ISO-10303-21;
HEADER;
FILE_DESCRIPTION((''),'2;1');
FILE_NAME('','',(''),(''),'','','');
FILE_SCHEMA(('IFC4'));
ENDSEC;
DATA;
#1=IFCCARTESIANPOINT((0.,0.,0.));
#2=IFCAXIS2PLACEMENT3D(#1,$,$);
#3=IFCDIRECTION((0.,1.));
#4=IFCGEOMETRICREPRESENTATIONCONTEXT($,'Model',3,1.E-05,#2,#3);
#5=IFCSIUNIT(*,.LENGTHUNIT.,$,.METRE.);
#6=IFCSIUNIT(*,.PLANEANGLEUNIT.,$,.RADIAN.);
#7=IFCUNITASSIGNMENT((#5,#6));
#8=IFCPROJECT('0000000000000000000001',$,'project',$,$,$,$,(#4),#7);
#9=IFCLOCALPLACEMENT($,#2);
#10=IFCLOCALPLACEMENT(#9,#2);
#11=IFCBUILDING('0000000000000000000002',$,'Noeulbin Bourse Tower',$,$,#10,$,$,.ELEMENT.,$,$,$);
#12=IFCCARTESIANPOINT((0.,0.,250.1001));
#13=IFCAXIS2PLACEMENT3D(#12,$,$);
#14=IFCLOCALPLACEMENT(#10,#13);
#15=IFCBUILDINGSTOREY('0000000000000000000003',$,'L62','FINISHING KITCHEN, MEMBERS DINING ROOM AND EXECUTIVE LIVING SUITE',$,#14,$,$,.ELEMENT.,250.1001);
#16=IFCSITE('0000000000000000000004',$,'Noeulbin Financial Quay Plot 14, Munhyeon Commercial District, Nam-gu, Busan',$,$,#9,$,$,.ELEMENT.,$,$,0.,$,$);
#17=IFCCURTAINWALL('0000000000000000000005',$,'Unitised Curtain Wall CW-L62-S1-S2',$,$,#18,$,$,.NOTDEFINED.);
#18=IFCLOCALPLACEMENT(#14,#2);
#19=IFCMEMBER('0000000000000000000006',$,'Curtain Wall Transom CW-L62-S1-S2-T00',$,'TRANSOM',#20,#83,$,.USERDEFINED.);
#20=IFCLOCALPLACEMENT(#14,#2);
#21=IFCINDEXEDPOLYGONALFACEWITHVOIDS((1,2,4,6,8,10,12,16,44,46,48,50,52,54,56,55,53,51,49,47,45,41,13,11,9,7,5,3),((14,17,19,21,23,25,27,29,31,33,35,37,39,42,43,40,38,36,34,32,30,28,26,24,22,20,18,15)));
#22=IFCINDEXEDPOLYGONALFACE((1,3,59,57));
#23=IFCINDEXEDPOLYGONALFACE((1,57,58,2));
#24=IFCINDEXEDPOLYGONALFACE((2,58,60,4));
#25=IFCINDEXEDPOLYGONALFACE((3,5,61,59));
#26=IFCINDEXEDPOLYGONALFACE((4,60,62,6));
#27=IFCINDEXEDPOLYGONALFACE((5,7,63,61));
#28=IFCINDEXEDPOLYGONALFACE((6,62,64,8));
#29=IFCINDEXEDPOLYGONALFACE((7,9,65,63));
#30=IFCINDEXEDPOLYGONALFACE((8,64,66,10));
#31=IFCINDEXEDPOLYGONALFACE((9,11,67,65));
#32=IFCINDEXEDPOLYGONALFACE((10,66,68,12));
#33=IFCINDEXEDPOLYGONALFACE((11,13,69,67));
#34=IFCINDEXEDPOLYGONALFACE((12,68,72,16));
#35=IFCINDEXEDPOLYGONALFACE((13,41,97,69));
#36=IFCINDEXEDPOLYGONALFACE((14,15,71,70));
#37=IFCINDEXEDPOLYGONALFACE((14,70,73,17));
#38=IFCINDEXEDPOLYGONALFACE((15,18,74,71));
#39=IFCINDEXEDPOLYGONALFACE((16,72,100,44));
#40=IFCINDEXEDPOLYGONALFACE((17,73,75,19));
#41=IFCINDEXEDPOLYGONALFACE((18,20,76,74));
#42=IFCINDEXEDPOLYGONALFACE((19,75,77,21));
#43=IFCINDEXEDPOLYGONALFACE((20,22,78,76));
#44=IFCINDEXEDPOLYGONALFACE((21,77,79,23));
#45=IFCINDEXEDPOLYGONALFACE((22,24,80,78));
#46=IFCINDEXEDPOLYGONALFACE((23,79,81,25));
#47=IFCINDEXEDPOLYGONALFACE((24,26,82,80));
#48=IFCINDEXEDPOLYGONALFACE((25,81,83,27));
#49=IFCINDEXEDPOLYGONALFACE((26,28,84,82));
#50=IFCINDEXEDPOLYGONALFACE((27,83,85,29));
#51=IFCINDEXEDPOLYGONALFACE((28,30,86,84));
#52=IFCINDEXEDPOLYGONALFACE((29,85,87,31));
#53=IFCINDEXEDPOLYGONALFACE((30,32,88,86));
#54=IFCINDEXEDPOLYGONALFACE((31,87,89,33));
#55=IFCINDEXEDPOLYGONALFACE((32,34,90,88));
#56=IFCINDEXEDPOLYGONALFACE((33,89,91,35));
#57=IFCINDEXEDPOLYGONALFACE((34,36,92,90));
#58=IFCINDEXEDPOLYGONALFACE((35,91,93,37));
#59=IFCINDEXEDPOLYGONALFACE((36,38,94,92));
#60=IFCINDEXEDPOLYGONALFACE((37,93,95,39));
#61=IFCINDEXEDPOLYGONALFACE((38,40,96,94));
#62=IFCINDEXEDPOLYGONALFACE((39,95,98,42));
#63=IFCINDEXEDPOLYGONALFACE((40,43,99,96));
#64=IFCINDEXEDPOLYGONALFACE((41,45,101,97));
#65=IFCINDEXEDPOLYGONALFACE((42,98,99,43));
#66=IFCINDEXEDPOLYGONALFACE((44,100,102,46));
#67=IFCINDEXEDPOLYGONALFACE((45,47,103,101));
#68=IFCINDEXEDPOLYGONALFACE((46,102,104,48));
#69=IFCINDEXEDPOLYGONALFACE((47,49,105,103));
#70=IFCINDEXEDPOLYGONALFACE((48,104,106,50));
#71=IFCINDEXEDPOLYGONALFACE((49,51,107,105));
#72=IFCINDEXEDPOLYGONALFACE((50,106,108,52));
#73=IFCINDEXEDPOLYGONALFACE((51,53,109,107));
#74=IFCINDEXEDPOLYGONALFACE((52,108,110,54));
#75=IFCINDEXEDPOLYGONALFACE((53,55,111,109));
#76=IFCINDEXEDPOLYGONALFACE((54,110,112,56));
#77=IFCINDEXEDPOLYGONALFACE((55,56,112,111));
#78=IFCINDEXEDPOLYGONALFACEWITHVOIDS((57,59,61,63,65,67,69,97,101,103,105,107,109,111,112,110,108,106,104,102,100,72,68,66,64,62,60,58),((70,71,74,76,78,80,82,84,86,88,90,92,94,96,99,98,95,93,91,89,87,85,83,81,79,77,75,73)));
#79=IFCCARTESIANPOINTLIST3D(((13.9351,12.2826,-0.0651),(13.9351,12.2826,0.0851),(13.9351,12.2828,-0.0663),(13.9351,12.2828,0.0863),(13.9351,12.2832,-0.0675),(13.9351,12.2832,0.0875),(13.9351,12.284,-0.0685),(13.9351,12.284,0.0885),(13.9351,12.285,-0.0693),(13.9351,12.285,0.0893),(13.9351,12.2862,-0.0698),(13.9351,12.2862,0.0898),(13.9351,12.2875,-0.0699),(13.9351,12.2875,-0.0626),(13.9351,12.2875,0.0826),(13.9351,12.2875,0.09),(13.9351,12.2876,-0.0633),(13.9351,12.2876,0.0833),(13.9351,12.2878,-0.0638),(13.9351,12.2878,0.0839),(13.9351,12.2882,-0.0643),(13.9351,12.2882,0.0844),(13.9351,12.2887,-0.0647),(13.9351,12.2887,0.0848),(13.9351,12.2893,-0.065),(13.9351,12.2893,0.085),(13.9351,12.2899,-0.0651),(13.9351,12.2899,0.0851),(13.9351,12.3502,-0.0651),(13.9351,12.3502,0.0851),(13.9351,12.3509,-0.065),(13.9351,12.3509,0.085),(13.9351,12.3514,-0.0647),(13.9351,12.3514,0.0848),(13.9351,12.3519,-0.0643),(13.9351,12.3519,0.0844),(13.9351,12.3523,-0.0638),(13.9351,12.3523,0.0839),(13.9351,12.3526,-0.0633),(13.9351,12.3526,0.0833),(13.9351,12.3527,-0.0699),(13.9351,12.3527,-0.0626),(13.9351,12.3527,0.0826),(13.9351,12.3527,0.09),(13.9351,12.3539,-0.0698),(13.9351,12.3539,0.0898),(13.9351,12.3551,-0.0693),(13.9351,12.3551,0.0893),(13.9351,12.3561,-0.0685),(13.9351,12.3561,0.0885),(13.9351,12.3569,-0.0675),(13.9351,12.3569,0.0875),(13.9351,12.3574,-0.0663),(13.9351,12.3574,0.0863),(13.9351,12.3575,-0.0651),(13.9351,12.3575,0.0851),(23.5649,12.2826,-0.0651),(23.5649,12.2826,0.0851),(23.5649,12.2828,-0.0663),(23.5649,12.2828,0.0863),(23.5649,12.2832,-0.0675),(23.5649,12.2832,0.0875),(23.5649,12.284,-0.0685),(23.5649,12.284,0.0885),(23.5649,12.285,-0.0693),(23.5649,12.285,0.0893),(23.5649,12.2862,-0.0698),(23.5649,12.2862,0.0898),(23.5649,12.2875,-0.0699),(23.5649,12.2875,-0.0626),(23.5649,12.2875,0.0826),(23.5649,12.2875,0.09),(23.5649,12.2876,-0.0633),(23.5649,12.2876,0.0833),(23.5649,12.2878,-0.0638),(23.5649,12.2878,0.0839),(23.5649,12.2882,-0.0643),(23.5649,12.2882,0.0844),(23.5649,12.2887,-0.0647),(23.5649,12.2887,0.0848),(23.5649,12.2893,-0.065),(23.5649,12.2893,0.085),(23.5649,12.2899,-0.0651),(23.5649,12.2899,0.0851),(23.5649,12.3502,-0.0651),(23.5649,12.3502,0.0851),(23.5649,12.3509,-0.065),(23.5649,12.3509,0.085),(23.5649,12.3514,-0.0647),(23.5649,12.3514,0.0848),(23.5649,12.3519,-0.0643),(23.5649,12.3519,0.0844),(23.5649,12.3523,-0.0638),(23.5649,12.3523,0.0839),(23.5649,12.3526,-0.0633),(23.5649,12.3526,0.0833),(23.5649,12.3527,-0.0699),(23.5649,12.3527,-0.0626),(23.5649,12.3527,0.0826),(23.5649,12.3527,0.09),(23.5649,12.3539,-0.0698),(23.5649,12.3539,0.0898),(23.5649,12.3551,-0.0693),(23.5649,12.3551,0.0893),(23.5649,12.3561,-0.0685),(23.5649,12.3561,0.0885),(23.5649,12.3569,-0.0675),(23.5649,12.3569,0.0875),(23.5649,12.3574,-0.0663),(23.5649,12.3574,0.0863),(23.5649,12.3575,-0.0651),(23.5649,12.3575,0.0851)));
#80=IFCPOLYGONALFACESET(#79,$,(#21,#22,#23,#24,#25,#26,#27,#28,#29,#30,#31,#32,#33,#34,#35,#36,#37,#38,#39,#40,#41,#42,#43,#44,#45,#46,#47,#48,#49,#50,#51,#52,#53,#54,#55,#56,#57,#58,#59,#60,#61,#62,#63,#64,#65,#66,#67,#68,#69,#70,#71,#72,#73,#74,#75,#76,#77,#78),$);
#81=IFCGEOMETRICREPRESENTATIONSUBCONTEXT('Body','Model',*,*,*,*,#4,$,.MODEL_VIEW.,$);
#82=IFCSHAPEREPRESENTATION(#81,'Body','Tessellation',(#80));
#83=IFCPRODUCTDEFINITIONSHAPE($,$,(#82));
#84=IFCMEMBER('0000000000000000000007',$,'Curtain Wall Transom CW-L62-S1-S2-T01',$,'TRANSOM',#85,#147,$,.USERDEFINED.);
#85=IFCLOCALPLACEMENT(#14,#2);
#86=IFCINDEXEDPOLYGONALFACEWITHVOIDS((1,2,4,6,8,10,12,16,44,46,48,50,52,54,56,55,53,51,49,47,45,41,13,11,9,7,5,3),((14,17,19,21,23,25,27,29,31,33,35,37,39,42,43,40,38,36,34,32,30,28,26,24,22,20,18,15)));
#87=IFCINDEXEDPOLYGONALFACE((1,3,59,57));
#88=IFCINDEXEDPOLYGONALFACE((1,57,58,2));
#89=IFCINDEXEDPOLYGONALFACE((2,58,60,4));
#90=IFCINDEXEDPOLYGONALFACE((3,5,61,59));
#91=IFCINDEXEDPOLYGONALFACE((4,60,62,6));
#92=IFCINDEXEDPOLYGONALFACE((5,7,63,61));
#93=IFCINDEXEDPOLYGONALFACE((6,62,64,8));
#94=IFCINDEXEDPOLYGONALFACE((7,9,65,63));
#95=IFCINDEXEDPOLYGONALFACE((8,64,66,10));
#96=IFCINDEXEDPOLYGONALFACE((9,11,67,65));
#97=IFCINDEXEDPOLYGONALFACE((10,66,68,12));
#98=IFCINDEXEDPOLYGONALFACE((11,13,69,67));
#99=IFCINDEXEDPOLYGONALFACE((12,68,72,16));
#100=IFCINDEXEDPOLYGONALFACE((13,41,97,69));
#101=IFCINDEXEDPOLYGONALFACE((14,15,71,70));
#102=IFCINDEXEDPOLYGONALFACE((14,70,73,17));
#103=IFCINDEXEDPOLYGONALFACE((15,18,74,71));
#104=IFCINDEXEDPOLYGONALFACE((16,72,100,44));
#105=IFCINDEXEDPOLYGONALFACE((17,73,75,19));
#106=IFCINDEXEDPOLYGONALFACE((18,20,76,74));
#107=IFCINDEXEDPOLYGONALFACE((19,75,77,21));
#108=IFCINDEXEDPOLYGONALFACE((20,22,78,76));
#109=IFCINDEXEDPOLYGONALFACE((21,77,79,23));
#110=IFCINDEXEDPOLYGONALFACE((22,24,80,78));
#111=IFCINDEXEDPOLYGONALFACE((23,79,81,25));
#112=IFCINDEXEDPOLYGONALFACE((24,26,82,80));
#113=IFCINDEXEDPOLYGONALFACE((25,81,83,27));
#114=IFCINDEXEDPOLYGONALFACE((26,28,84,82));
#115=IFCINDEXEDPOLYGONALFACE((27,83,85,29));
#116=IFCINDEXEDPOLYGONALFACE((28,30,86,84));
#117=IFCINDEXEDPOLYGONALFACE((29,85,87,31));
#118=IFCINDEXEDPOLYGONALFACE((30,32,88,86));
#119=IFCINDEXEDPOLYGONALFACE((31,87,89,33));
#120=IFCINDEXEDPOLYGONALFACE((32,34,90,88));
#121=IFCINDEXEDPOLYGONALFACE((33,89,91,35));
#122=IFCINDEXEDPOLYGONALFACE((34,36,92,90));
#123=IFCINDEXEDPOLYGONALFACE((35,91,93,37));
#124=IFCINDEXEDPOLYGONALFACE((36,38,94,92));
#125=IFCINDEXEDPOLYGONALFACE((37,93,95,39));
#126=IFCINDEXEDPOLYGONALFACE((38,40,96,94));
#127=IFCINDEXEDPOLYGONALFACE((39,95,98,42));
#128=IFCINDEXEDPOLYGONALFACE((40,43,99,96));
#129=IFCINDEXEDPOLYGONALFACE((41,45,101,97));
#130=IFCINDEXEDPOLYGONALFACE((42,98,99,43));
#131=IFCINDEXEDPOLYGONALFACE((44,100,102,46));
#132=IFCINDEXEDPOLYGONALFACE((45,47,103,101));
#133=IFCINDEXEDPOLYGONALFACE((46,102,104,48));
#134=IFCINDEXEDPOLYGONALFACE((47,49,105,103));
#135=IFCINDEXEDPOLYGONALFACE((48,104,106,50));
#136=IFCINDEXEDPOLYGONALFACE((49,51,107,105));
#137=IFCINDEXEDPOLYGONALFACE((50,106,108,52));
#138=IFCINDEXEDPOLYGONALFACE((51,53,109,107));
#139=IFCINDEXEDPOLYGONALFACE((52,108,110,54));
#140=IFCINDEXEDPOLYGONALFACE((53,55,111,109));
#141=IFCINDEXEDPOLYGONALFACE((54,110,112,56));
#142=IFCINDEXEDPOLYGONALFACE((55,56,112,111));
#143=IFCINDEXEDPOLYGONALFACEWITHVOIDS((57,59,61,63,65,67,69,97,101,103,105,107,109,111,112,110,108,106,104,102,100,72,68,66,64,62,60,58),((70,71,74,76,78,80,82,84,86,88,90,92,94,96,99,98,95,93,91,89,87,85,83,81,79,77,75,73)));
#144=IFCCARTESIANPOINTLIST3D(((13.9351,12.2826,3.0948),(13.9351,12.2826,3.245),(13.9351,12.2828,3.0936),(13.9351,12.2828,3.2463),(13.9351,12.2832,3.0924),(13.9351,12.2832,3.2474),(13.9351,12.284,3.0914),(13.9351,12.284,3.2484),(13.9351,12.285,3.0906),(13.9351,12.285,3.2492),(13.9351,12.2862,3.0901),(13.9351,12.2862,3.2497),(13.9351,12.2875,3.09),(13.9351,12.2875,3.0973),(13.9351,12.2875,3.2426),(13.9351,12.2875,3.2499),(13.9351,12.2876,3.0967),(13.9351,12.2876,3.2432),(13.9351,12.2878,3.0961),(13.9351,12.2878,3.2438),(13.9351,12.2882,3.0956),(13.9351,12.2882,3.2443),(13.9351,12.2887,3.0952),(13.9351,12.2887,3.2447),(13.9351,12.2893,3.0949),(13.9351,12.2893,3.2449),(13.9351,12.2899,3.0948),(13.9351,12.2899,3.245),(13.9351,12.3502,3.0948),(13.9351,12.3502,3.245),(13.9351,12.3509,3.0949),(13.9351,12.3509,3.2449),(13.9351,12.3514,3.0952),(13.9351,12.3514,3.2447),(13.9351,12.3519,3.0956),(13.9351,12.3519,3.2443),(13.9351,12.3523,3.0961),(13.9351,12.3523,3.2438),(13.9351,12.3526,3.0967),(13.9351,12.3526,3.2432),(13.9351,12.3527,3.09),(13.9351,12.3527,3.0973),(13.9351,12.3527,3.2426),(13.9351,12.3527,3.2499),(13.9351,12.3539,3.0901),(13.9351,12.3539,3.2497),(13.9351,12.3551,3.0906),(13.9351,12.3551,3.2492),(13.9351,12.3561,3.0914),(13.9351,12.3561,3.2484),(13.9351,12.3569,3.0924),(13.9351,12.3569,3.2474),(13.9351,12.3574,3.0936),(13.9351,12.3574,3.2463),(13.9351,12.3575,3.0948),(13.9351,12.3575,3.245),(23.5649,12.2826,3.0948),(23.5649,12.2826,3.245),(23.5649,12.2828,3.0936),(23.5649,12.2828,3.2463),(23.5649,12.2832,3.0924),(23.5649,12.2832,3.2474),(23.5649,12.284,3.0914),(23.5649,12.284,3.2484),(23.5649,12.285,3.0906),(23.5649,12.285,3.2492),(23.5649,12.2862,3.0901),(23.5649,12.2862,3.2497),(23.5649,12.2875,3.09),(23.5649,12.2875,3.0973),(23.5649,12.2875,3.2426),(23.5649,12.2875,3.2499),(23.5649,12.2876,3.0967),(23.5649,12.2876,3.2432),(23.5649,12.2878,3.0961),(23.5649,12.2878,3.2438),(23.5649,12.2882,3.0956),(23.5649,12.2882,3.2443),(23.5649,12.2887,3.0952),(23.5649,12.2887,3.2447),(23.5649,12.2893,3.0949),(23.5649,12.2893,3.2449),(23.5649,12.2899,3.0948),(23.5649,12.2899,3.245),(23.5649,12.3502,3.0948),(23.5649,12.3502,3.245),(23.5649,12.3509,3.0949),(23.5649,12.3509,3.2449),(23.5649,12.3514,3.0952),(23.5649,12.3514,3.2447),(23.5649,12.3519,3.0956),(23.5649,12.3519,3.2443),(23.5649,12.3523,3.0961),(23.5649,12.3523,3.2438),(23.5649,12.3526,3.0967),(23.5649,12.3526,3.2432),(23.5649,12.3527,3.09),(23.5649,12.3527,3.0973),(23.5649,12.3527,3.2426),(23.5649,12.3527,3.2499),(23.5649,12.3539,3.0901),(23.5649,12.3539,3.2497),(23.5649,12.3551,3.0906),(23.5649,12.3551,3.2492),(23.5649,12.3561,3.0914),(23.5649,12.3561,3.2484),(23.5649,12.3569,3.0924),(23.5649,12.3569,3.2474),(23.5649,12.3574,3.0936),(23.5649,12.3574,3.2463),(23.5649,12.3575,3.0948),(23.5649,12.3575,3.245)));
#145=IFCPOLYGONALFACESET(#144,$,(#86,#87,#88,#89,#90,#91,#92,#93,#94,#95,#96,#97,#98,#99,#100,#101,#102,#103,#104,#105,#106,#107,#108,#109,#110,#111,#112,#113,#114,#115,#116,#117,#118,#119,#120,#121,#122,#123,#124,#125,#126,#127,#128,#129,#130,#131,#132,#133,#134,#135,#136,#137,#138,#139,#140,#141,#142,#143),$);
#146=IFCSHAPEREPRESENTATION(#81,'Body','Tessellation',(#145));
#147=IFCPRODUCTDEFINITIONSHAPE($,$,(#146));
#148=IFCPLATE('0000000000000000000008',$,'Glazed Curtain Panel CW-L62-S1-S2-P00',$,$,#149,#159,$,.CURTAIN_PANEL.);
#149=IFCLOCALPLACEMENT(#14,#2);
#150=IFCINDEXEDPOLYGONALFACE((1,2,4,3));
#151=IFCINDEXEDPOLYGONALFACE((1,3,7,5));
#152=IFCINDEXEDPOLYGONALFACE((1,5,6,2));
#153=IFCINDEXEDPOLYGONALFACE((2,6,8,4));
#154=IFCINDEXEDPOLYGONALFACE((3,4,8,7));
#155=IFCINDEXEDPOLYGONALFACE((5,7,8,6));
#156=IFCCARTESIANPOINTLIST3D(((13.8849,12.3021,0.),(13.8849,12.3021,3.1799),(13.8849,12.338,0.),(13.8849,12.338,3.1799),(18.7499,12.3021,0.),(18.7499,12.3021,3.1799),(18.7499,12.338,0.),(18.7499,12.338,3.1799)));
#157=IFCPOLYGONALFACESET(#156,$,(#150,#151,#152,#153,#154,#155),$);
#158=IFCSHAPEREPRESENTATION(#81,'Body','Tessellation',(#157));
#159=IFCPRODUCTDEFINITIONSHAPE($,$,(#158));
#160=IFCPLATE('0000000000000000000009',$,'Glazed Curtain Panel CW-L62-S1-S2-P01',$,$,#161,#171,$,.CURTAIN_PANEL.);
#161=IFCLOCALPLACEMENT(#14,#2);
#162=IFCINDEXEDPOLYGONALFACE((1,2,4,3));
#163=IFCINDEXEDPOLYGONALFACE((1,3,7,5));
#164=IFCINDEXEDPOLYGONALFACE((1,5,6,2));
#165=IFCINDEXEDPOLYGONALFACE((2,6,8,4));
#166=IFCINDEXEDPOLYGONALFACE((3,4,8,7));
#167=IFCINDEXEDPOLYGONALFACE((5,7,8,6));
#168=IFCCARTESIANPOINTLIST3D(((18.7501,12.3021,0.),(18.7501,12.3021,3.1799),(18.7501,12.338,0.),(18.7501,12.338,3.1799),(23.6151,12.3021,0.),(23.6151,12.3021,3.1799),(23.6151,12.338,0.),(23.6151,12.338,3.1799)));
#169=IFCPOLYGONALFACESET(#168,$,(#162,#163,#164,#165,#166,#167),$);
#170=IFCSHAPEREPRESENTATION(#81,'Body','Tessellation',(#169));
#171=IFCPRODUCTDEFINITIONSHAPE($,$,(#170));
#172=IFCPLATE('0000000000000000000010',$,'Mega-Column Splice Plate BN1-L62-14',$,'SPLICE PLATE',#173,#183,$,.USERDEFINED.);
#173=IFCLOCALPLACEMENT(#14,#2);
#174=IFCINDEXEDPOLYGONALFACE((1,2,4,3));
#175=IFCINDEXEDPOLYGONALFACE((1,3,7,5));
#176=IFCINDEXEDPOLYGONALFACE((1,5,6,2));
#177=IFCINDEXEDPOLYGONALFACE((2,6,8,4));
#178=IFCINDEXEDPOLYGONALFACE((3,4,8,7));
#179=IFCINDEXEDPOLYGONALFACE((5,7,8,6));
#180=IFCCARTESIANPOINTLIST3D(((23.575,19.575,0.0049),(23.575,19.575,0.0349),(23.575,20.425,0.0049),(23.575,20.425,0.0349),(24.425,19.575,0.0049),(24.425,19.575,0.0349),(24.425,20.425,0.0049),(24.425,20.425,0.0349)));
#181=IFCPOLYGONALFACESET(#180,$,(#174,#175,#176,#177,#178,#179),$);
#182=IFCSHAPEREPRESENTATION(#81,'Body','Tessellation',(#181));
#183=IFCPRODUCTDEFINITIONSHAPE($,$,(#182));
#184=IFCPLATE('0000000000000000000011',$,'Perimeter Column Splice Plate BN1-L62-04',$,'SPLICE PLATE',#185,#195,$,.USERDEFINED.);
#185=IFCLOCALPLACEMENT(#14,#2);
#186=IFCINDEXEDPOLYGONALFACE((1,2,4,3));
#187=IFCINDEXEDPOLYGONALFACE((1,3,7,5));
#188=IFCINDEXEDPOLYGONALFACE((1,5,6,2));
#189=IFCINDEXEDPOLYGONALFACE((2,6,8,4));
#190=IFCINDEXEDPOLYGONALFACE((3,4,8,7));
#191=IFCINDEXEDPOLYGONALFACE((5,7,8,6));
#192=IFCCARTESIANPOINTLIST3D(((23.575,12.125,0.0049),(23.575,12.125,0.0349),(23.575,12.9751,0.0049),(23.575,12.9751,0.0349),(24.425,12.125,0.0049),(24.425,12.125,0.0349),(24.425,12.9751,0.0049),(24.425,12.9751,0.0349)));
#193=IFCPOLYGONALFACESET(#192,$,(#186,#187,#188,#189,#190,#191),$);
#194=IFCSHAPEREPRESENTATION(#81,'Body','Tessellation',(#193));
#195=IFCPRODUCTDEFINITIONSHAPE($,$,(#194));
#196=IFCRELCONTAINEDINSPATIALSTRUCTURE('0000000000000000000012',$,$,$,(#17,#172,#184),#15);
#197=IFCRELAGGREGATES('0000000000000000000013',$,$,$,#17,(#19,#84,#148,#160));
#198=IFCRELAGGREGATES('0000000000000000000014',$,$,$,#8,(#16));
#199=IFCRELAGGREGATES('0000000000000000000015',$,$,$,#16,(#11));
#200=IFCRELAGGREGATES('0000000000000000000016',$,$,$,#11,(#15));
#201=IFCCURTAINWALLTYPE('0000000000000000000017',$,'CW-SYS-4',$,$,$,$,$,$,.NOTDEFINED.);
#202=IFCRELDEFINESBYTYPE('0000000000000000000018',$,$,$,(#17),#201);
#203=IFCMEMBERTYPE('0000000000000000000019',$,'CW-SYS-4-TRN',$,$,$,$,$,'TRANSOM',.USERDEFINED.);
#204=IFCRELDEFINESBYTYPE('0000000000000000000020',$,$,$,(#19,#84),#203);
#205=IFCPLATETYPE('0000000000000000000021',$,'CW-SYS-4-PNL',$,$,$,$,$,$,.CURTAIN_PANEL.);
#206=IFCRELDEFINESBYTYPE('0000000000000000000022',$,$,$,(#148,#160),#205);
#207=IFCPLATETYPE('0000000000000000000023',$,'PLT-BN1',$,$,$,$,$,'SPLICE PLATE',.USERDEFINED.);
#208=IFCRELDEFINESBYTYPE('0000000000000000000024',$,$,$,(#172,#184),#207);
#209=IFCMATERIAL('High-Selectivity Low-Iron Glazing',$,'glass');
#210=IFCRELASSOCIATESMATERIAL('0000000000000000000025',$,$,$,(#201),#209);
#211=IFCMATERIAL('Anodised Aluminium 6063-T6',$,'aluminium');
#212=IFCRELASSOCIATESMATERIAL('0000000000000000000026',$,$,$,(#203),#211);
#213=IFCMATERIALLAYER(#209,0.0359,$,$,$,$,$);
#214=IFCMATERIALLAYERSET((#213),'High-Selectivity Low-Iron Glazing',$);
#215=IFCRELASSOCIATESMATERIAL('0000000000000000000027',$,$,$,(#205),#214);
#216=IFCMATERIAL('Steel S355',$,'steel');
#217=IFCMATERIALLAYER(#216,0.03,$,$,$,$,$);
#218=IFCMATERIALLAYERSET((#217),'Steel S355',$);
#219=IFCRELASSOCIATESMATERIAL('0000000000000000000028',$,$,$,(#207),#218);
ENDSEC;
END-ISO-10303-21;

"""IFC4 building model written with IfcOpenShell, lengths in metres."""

from ifc_helpers import new_model, si_unit, direction, frame, origin, origin_2d, place, context, subcontext, project, spatial, rectangle, hollow_rectangle, extrude, material, layer, layer_set, material_profile, profile_set, type_object, element, aggregate, save


model = new_model("IFC4")

# Units and contexts
model_context = context("Model", 3, precision=1e-05, world=origin(), true_north=direction((0.0, 1.0)))
body_context = subcontext(model_context, "Body", "Model", "MODEL_VIEW")
ifc_project = project(units=[si_unit("LENGTHUNIT", "METRE"), si_unit("PLANEANGLEUNIT", "RADIAN")], contexts=[model_context])

# Site, building, storey
site_placement = place(None, origin())
site = spatial("IfcSite", under=ifc_project, at=site_placement, Name="Noeulbin Financial Quay Plot 14, Munhyeon Commercial District, Nam-gu, Busan", CompositionType="ELEMENT", RefElevation=0.0)
building_placement = place(site_placement, origin())
building = spatial("IfcBuilding", under=site, at=building_placement, Name="Noeulbin Bourse Tower", CompositionType="ELEMENT")
storey_placement = place(building_placement, frame((0.0, 0.0, 250.1001)))
storey = spatial("IfcBuildingStorey", under=building, at=storey_placement, Name="L62", Description="FINISHING KITCHEN, MEMBERS DINING ROOM AND EXECUTIVE LIVING SUITE", CompositionType="ELEMENT", Elevation=250.1001)

# Shared definitions
ifc_material_1 = material(Name="Steel S355", Category="steel")

# Curtain wall
ifc_material_2 = material(Name="High-Selectivity Low-Iron Glazing", Category="glass")
curtain_wall_type = type_object("IfcCurtainWallType", Name="CW-SYS-4", PredefinedType="NOTDEFINED", material=ifc_material_2)
curtain_wall_1_placement = place(storey_placement, origin())
curtain_wall_1 = element("IfcCurtainWall", 1, at=curtain_wall_1_placement, inside=storey, type_object=curtain_wall_type, Name="Unitised Curtain Wall CW-L62-S1-S2", PredefinedType="NOTDEFINED")
ifc_material_3 = material(Name="Anodised Aluminium 6063-T6", Category="aluminium")

# Members
ifc_material_profile_1 = material_profile(ifc_material_3, hollow_rectangle(XDim=0.075, YDim=0.1599, WallThickness=0.0049, InnerFilletRadius=0.0024, OuterFilletRadius=0.0049, at=origin_2d()), Name="ALU-TRAN-75x160x5", Category="LoadBearing")
ifc_profile_set_1 = profile_set([ifc_material_profile_1], Name="Anodised Aluminium 6063-T6")
member_type_1 = type_object("IfcMemberType", Name="CW-SYS-4-TRN", ElementType="TRANSOM", PredefinedType="USERDEFINED", material=ifc_profile_set_1)
member_1_placement = place(storey_placement, frame((13.9351, 12.3201, 0.01), z_axis=(1.0, 0.0, 0.0), x_axis=(0.0, 1.0, 0.0)))
member_1 = element("IfcMember", 2, at=member_1_placement, type_object=member_type_1, Name="Curtain Wall Transom CW-L62-S1-S2-T00", ObjectType="TRANSOM", PredefinedType="USERDEFINED", context=body_context, shape_type="SweptSolid", body=[
    extrude(hollow_rectangle(XDim=0.075, YDim=0.1599, WallThickness=0.0049, InnerFilletRadius=0.0024, OuterFilletRadius=0.0049, at=origin_2d()), origin(), (0.0, 0.0, 1.0), 9.6299),
])
member_2_placement = place(storey_placement, frame((13.9351, 12.3201, 3.1699), z_axis=(1.0, 0.0, 0.0), x_axis=(0.0, 1.0, 0.0)))
member_2 = element("IfcMember", 3, at=member_2_placement, type_object=member_type_1, Name="Curtain Wall Transom CW-L62-S1-S2-T01", ObjectType="TRANSOM", PredefinedType="USERDEFINED", context=body_context, shape_type="SweptSolid", body=[
    extrude(hollow_rectangle(XDim=0.075, YDim=0.1599, WallThickness=0.0049, InnerFilletRadius=0.0024, OuterFilletRadius=0.0049, at=origin_2d()), origin(), (0.0, 0.0, 1.0), 9.6299),
])

# Plates
ifc_layer_1 = layer(ifc_material_2, 0.0359)
ifc_layer_set_1 = layer_set([ifc_layer_1], Name="High-Selectivity Low-Iron Glazing")
plate_type_1 = type_object("IfcPlateType", Name="CW-SYS-4-PNL", PredefinedType="CURTAIN_PANEL", material=ifc_layer_set_1)
plate_1_placement = place(storey_placement, frame((16.3174, 12.3201, 0.0), z_axis=(0.0, 0.0, 1.0), x_axis=(1.0, 0.0, 0.0)))
plate_1 = element("IfcPlate", 4, at=plate_1_placement, type_object=plate_type_1, Name="Glazed Curtain Panel CW-L62-S1-S2-P00", PredefinedType="CURTAIN_PANEL", context=body_context, shape_type="SweptSolid", body=[
    extrude(rectangle(XDim=4.865, YDim=0.0359, at=origin_2d()), origin(), (0.0, 0.0, 1.0), 3.1799),
])
plate_2_placement = place(storey_placement, frame((21.1826, 12.3201, 0.0), z_axis=(0.0, 0.0, 1.0), x_axis=(1.0, 0.0, 0.0)))
plate_2 = element("IfcPlate", 5, at=plate_2_placement, type_object=plate_type_1, Name="Glazed Curtain Panel CW-L62-S1-S2-P01", PredefinedType="CURTAIN_PANEL", context=body_context, shape_type="SweptSolid", body=[
    extrude(rectangle(XDim=4.865, YDim=0.0359, at=origin_2d()), origin(), (0.0, 0.0, 1.0), 3.1799),
])
aggregate(curtain_wall_1, [member_1, member_2, plate_1, plate_2])

# Plates
ifc_layer_2 = layer(ifc_material_1, 0.03)
ifc_layer_set_2 = layer_set([ifc_layer_2], Name="Steel S355")
plate_type_2 = type_object("IfcPlateType", Name="PLT-BN1", ElementType="SPLICE PLATE", PredefinedType="USERDEFINED", material=ifc_layer_set_2)
for number, where, z_axis, x_axis, name in (
    (6, (24.0, 20.0, 0.0049), (0.0, 0.0, 1.0), (1.0, 0.0, 0.0), "Mega-Column Splice Plate BN1-L62-14"),
    (7, (24.0, 12.55, 0.0049), (0.0, 0.0, 1.0), (1.0, 0.0, 0.0), "Perimeter Column Splice Plate BN1-L62-04"),
):
    element("IfcPlate", number, at=place(storey_placement, frame(where, z_axis=z_axis, x_axis=x_axis)), inside=storey, type_object=plate_type_2, Name=name, ObjectType="SPLICE PLATE", PredefinedType="USERDEFINED", context=body_context, shape_type="SweptSolid", body=[
        extrude(rectangle(XDim=0.8501, YDim=0.8501, at=origin_2d()), origin(), (0.0, 0.0, 1.0), 0.03),
    ])

save(model, "model.ifc")
